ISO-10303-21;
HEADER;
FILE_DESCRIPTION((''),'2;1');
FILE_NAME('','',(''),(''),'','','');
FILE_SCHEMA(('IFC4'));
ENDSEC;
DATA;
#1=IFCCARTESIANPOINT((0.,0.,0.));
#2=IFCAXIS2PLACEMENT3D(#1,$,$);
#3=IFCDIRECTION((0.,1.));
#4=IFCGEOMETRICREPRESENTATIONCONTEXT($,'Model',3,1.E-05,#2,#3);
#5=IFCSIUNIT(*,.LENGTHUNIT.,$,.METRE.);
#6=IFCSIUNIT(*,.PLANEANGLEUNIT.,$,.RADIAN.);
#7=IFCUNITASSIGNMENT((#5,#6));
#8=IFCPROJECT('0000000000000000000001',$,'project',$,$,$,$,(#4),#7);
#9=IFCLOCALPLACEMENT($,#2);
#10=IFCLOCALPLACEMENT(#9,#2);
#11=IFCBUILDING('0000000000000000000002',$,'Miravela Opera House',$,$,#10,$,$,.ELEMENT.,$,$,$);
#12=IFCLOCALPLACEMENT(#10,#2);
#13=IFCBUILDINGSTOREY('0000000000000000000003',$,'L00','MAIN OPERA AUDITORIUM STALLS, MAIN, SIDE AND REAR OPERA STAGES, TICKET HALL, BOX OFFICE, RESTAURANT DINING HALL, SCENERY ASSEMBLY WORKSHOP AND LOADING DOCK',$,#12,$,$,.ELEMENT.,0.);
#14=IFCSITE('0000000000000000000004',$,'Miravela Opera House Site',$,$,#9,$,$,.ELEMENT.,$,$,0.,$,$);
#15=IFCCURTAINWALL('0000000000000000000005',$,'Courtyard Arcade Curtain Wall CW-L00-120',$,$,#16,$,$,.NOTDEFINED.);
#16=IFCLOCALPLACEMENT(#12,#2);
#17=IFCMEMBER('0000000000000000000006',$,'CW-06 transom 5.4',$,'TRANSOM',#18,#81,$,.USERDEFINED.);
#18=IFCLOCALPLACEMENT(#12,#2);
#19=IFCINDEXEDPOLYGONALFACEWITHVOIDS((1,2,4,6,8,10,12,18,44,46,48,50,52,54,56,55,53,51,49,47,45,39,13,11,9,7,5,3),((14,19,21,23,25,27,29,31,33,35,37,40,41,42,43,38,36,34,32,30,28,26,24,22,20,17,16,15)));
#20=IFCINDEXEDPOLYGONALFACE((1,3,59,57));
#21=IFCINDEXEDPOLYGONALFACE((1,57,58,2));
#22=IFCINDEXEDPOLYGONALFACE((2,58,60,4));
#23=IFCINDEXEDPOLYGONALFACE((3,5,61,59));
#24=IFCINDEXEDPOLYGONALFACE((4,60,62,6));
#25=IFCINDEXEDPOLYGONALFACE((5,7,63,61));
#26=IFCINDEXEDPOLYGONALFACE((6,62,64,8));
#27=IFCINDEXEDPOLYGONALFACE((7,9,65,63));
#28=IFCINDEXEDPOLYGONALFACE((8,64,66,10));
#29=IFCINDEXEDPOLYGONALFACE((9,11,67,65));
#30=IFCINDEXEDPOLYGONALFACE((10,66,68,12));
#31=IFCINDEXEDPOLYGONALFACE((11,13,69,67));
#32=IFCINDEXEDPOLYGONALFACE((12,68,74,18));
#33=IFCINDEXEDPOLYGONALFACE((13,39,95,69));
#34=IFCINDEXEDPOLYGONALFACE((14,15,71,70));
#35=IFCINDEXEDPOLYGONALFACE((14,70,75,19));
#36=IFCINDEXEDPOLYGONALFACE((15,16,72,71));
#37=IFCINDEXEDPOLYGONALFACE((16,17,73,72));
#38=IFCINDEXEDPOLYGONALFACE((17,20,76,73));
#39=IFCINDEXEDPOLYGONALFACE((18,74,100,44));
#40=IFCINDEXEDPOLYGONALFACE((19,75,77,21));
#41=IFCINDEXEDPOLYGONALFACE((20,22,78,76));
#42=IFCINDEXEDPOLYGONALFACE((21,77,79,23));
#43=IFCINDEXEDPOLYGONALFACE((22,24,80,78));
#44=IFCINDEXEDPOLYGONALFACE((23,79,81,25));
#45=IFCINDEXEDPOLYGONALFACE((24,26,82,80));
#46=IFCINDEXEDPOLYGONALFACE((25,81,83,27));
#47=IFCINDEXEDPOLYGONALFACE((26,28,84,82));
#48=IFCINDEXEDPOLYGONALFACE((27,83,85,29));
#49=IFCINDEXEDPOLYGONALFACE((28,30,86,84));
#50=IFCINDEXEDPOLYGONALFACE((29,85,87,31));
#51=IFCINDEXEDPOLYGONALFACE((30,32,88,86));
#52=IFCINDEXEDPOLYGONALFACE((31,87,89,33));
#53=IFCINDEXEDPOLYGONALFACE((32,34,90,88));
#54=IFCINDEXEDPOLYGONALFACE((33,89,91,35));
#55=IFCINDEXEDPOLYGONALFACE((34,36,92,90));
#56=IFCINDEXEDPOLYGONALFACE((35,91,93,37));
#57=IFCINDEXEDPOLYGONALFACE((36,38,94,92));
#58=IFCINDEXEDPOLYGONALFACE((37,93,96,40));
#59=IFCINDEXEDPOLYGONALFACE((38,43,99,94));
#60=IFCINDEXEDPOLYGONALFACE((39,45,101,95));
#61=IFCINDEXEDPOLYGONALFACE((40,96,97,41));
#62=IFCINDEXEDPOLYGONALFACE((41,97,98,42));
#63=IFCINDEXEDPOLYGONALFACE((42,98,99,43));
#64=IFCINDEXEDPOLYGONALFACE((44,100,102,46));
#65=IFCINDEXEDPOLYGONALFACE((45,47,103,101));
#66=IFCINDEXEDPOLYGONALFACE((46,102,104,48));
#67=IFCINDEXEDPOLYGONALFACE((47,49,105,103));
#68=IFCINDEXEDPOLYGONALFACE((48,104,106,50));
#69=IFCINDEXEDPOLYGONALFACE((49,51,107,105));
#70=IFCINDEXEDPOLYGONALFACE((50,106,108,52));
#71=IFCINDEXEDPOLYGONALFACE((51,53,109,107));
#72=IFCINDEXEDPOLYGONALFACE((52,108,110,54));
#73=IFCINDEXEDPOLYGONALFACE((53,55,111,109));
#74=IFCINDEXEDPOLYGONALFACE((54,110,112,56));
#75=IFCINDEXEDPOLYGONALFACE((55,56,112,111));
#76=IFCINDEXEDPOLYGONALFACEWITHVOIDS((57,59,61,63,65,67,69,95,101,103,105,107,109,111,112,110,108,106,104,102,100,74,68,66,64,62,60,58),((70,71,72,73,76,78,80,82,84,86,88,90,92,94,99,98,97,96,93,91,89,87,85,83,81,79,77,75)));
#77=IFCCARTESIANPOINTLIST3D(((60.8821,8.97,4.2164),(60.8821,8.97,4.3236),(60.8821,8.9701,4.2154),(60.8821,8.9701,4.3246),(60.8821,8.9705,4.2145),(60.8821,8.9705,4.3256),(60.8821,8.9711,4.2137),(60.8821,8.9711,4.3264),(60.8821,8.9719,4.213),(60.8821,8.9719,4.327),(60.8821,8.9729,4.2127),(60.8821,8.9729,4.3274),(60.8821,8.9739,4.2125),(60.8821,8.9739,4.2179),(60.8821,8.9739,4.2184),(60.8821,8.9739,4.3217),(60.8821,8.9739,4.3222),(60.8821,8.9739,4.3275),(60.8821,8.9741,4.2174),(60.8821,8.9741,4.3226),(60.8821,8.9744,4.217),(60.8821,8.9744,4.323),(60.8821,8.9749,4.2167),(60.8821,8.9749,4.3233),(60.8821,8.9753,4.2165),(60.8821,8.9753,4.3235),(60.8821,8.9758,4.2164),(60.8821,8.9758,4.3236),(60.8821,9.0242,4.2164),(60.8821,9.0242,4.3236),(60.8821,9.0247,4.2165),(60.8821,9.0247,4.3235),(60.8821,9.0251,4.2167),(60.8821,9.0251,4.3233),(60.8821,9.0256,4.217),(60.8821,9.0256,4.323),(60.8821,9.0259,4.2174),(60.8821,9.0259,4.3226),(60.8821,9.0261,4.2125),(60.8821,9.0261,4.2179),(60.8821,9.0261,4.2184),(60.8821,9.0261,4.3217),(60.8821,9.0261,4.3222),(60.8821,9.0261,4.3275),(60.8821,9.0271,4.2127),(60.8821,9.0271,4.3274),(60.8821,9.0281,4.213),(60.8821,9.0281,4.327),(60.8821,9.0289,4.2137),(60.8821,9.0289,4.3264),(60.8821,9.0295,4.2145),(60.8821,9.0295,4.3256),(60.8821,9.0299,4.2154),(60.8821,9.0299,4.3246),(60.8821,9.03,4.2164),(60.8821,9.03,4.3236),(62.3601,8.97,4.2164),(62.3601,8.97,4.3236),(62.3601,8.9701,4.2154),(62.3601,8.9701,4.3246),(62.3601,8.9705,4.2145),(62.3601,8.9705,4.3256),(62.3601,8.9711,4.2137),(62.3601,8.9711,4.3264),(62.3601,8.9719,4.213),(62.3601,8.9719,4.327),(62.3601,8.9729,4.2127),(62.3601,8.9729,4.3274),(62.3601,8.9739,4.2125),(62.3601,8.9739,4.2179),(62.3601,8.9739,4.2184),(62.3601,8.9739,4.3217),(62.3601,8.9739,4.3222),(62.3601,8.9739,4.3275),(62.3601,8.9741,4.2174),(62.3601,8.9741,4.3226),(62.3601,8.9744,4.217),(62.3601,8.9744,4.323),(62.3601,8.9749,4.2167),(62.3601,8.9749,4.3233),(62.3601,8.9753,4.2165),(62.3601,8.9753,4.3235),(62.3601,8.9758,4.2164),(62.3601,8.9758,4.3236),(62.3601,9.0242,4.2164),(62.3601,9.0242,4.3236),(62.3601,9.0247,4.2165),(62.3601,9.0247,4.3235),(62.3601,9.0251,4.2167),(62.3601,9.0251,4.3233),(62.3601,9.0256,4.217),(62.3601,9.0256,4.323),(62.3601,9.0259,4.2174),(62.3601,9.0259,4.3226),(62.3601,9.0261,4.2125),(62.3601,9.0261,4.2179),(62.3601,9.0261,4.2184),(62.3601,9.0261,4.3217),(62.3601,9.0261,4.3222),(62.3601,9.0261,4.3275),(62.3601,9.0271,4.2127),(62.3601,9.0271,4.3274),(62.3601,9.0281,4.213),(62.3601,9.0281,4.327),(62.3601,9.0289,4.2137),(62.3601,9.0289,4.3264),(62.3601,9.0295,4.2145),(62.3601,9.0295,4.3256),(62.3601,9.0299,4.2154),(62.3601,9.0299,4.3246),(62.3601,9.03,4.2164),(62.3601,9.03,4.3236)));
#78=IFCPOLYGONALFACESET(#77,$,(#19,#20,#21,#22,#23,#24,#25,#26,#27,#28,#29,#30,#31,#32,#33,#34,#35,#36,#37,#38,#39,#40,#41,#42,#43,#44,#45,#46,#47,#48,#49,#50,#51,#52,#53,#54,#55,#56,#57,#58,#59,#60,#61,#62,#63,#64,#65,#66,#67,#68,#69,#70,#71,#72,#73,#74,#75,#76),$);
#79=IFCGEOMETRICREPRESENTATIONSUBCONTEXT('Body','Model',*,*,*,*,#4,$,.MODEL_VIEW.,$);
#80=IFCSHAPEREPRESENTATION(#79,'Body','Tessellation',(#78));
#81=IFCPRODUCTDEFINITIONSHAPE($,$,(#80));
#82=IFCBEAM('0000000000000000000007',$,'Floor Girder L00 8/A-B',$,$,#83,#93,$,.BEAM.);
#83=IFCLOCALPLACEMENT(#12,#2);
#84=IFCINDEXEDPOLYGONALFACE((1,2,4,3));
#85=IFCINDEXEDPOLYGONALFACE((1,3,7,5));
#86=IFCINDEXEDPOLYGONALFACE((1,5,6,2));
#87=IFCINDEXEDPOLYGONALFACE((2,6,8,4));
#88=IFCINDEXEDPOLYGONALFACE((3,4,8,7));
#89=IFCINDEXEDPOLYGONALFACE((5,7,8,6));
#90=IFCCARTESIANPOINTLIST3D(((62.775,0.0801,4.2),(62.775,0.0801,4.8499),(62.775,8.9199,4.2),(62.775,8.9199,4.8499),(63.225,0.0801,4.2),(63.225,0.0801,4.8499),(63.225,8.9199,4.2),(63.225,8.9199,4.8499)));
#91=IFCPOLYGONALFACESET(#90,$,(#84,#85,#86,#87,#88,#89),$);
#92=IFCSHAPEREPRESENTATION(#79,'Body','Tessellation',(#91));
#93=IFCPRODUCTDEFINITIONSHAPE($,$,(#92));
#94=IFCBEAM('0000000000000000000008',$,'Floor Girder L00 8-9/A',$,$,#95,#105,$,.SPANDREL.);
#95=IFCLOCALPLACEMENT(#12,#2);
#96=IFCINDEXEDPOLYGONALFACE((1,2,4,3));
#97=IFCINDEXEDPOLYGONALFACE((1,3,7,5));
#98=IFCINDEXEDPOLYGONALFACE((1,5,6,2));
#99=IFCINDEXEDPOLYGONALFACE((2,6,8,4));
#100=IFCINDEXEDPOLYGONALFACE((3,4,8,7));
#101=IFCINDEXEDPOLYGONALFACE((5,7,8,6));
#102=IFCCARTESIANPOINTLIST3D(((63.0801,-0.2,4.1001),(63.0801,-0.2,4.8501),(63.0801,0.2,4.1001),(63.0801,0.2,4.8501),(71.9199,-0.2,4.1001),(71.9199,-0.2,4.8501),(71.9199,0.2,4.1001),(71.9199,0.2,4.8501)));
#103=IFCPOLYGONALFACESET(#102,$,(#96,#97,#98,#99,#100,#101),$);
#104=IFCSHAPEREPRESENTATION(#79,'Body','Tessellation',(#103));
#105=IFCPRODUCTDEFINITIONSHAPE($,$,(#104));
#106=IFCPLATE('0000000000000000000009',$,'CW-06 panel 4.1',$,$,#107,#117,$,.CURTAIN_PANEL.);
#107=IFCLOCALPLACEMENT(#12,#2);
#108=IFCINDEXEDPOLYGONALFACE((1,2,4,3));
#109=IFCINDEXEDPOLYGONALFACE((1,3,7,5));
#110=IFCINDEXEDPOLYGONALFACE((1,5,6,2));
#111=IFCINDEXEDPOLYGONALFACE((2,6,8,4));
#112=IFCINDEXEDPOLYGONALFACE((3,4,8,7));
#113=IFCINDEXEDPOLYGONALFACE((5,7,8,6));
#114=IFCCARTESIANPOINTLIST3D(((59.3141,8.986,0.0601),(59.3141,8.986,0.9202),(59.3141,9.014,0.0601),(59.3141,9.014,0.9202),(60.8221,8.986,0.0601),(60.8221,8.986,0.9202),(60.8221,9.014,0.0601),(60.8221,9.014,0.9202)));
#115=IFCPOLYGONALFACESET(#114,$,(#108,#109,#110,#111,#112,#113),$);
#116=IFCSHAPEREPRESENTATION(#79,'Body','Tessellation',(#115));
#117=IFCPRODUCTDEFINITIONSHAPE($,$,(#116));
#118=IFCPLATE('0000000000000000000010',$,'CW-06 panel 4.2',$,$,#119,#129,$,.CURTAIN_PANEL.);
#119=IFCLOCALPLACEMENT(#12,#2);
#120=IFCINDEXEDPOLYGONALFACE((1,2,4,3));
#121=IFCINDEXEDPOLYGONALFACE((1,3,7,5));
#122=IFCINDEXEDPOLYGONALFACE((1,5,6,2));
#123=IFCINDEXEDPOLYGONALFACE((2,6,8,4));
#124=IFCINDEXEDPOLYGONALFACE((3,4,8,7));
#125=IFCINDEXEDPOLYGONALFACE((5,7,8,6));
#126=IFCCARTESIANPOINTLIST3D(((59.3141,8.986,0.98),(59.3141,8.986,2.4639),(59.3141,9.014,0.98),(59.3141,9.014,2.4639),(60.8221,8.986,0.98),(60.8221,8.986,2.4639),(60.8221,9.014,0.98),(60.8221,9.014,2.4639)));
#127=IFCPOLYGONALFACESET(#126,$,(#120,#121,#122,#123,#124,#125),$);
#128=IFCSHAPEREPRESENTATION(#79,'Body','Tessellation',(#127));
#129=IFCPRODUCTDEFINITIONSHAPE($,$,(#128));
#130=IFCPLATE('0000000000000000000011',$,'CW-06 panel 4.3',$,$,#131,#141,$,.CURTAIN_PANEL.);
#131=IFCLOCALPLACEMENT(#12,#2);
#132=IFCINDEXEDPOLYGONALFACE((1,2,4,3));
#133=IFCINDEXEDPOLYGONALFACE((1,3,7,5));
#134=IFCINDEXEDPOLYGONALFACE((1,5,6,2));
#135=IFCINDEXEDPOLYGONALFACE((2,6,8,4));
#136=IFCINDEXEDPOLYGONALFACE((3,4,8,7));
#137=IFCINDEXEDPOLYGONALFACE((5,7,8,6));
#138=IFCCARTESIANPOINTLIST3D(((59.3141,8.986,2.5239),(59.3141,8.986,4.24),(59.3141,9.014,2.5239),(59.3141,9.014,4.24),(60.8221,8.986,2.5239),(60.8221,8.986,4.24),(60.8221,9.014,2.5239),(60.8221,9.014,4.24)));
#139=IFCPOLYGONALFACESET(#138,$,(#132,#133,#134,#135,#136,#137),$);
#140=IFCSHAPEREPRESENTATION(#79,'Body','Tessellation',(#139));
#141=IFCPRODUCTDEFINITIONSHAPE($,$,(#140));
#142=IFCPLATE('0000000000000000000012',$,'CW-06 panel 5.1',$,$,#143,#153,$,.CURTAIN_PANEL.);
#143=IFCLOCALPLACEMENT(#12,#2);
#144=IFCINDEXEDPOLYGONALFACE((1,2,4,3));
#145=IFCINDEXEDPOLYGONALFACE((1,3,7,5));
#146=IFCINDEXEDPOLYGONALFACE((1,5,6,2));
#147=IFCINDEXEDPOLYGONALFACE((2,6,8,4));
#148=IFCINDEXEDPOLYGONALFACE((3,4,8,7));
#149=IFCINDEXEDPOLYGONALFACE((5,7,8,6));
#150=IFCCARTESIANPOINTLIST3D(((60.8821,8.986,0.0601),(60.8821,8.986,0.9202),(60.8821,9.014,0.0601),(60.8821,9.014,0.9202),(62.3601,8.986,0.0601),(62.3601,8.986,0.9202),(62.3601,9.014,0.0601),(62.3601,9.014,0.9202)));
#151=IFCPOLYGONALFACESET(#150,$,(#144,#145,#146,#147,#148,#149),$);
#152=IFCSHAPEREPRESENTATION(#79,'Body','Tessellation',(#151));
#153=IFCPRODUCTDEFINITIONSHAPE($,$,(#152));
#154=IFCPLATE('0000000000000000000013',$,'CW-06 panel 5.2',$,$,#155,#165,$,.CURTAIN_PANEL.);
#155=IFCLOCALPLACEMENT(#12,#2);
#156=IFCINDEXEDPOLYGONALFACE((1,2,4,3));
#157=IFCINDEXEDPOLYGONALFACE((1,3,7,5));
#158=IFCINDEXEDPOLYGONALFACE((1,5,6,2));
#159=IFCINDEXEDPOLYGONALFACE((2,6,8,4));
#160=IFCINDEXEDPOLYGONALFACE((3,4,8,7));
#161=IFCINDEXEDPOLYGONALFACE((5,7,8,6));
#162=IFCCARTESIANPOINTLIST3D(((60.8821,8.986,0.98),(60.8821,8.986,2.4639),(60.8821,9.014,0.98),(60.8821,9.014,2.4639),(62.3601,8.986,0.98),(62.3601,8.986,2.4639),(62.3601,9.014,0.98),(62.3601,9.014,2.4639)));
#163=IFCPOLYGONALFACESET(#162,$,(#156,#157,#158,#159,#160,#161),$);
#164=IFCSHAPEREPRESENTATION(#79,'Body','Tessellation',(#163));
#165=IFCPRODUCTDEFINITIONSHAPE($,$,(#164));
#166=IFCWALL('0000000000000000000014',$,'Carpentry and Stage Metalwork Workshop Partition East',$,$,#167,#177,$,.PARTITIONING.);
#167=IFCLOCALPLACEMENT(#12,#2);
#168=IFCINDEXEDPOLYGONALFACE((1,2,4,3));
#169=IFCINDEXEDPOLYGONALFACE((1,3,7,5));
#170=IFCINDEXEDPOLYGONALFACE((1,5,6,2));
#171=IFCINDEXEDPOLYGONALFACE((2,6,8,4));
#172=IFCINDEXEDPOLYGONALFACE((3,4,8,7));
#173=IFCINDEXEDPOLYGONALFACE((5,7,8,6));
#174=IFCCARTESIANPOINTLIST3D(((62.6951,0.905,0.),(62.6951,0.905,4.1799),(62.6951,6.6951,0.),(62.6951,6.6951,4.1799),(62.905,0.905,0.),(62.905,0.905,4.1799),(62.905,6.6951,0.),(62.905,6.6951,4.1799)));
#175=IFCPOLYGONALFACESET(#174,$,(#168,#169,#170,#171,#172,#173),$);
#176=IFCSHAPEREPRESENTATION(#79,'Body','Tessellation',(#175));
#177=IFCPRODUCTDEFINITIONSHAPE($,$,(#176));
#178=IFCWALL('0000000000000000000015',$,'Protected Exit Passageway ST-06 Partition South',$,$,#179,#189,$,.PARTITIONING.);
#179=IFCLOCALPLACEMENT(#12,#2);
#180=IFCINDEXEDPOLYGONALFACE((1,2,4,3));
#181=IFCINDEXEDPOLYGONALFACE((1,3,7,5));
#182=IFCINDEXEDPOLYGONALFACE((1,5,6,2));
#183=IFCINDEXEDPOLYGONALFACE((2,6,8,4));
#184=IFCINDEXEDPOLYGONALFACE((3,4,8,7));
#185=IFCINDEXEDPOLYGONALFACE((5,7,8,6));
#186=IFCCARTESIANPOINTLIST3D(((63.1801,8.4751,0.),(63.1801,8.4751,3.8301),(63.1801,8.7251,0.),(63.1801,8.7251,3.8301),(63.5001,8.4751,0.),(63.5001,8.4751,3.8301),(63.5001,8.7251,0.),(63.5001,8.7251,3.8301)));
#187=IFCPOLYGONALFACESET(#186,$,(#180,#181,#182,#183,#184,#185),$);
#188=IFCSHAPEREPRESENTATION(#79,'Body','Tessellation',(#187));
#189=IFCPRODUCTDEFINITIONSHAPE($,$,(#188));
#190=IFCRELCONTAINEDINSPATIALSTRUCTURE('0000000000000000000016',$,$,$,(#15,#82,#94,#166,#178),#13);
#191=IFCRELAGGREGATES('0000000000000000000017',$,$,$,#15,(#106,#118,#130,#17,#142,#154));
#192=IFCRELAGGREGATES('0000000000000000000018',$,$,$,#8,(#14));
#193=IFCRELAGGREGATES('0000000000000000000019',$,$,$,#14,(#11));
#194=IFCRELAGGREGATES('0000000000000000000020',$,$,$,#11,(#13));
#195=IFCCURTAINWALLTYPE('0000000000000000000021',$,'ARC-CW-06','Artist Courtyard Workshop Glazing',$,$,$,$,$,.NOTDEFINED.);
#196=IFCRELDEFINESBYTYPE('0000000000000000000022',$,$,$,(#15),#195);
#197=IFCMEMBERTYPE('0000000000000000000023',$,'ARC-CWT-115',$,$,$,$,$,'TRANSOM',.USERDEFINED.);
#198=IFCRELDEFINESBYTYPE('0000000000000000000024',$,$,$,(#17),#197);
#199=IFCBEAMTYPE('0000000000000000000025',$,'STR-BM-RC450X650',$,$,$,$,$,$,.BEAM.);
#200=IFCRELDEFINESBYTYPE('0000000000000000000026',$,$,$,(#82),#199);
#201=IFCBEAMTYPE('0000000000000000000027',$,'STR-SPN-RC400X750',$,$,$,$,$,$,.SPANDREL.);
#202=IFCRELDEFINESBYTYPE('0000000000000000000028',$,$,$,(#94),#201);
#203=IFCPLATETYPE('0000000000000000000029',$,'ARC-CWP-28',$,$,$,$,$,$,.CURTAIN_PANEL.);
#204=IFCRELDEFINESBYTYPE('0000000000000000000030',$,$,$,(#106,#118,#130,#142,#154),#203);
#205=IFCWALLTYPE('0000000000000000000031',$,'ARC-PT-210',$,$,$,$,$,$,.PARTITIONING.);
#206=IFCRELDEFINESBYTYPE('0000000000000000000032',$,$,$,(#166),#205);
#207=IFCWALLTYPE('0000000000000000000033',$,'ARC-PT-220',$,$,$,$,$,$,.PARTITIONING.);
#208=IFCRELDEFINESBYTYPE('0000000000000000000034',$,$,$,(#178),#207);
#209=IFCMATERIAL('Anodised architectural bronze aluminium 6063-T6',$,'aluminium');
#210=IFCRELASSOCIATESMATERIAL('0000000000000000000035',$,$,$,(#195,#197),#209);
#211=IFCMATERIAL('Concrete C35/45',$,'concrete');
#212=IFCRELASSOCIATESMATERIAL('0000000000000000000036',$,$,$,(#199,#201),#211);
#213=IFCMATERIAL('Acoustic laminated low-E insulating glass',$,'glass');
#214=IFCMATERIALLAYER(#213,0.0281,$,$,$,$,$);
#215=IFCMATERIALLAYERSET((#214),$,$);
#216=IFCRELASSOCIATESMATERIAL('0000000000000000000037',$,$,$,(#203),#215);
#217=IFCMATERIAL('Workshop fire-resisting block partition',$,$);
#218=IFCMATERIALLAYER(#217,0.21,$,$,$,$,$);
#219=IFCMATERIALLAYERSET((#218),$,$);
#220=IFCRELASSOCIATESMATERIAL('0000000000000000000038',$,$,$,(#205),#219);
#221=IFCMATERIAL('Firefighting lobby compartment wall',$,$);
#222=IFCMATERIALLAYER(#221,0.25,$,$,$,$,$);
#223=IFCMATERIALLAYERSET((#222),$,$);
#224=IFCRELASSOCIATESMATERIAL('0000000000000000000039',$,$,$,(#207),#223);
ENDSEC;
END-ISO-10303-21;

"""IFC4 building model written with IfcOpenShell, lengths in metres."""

from ifc_helpers import new_model, si_unit, direction, frame, frame_2d, origin, origin_2d, place, context, subcontext, project, spatial, rectangle, hollow_rectangle, extrude, material, layer, layer_set, material_profile, profile_set, type_object, element, aggregate, save


model = new_model("IFC4")

# Units and contexts
model_context = context("Model", 3, precision=1e-05, world=origin(), true_north=direction((0.0, 1.0)))
body_context = subcontext(model_context, "Body", "Model", "MODEL_VIEW")
ifc_project = project(units=[si_unit("LENGTHUNIT", "METRE"), si_unit("PLANEANGLEUNIT", "RADIAN")], contexts=[model_context])

# Site, building, storey
site_placement = place(None, origin())
site = spatial("IfcSite", under=ifc_project, at=site_placement, Name="Miravela Opera House Site", CompositionType="ELEMENT", RefElevation=0.0)
building_placement = place(site_placement, origin())
building = spatial("IfcBuilding", under=site, at=building_placement, Name="Miravela Opera House", CompositionType="ELEMENT")
storey_placement = place(building_placement, origin())
storey = spatial("IfcBuildingStorey", under=building, at=storey_placement, Name="L00", Description="MAIN OPERA AUDITORIUM STALLS, MAIN, SIDE AND REAR OPERA STAGES, TICKET HALL, BOX OFFICE, RESTAURANT DINING HALL, SCENERY ASSEMBLY WORKSHOP AND LOADING DOCK", CompositionType="ELEMENT", Elevation=0.0)

# Shared definitions
ifc_material_1 = material(Name="Concrete C35/45", Category="concrete")

# Curtain wall, member
ifc_material_2 = material(Name="Anodised architectural bronze aluminium 6063-T6", Category="aluminium")
curtain_wall_type = type_object("IfcCurtainWallType", Name="ARC-CW-06", Description="Artist Courtyard Workshop Glazing", PredefinedType="NOTDEFINED", material=ifc_material_2)
curtain_wall_placement = place(storey_placement, origin())
curtain_wall = element("IfcCurtainWall", 1, at=curtain_wall_placement, inside=storey, type_object=curtain_wall_type, Name="Courtyard Arcade Curtain Wall CW-L00-120", PredefinedType="NOTDEFINED")
ifc_material_profile_1 = material_profile(ifc_material_2, hollow_rectangle(XDim=0.0601, YDim=0.115, WallThickness=0.0039, InnerFilletRadius=0.002, OuterFilletRadius=0.0039, at=origin_2d()), Name="CWT-60X115")
ifc_profile_set_1 = profile_set([ifc_material_profile_1])
member_type_1 = type_object("IfcMemberType", Name="ARC-CWT-115", ElementType="TRANSOM", PredefinedType="USERDEFINED", material=ifc_profile_set_1)
member_1_placement = place(storey_placement, frame((60.8821, 9.0, 4.27), z_axis=(1.0, 0.0, 0.0), x_axis=(0.0, 1.0, 0.0)))
member_1 = element("IfcMember", 2, at=member_1_placement, type_object=member_type_1, Name="CW-06 transom 5.4", ObjectType="TRANSOM", PredefinedType="USERDEFINED", context=body_context, shape_type="SweptSolid", body=[
    extrude(hollow_rectangle(XDim=0.0601, YDim=0.115, WallThickness=0.0039, InnerFilletRadius=0.002, OuterFilletRadius=0.0039, at=origin_2d()), origin(), (0.0, 0.0, 1.0), 1.478),
])

# Beams
ifc_material_profile_2 = material_profile(ifc_material_1, rectangle(XDim=0.45, YDim=0.6499, at=origin_2d()), Name="RC-BM-450X650")
ifc_profile_set_2 = profile_set([ifc_material_profile_2])
beam_type_1 = type_object("IfcBeamType", Name="STR-BM-RC450X650", PredefinedType="BEAM", material=ifc_profile_set_2)
beam_1_placement = place(storey_placement, frame((63.0, 0.0801, 4.5249), z_axis=(0.0, 1.0, 0.0), x_axis=(-1.0, 0.0, 0.0)))
element("IfcBeam", 3, at=beam_1_placement, inside=storey, type_object=beam_type_1, Name="Floor Girder L00 8/A-B", PredefinedType="BEAM", context=body_context, shape_type="SweptSolid", body=[
    extrude(rectangle(XDim=0.45, YDim=0.6499, at=origin_2d()), origin(), (0.0, 0.0, 1.0), 8.8398),
])
ifc_material_profile_3 = material_profile(ifc_material_1, rectangle(XDim=0.3999, YDim=0.75, at=origin_2d()), Name="RC-SPN-400X750")
ifc_profile_set_3 = profile_set([ifc_material_profile_3])
beam_type_2 = type_object("IfcBeamType", Name="STR-SPN-RC400X750", PredefinedType="SPANDREL", material=ifc_profile_set_3)
beam_2_placement = place(storey_placement, frame((63.0801, 0.0, 4.4751), z_axis=(1.0, 0.0, 0.0), x_axis=(0.0, 1.0, 0.0)))
element("IfcBeam", 4, at=beam_2_placement, inside=storey, type_object=beam_type_2, Name="Floor Girder L00 8-9/A", PredefinedType="SPANDREL", context=body_context, shape_type="SweptSolid", body=[
    extrude(rectangle(XDim=0.3999, YDim=0.75, at=origin_2d()), origin(), (0.0, 0.0, 1.0), 8.8398),
])

# Plates
ifc_material_3 = material(Name="Acoustic laminated low-E insulating glass", Category="glass")
ifc_layer_1 = layer(ifc_material_3, 0.0281)
ifc_layer_set_1 = layer_set([ifc_layer_1])
plate_type = type_object("IfcPlateType", Name="ARC-CWP-28", PredefinedType="CURTAIN_PANEL", material=ifc_layer_set_1)
plate_1_placement = place(storey_placement, frame((60.0681, 9.0, 0.0601), z_axis=(0.0, 0.0, 1.0), x_axis=(1.0, 0.0, 0.0)))
plate_1 = element("IfcPlate", 5, at=plate_1_placement, type_object=plate_type, Name="CW-06 panel 4.1", PredefinedType="CURTAIN_PANEL", context=body_context, shape_type="SweptSolid", body=[
    extrude(rectangle(XDim=1.5081, YDim=0.0281, at=origin_2d()), origin(), (0.0, 0.0, 1.0), 0.8601),
])
plate_2_placement = place(storey_placement, frame((60.0681, 9.0, 0.98), z_axis=(0.0, 0.0, 1.0), x_axis=(1.0, 0.0, 0.0)))
plate_2 = element("IfcPlate", 6, at=plate_2_placement, type_object=plate_type, Name="CW-06 panel 4.2", PredefinedType="CURTAIN_PANEL", context=body_context, shape_type="SweptSolid", body=[
    extrude(rectangle(XDim=1.5081, YDim=0.0281, at=origin_2d()), origin(), (0.0, 0.0, 1.0), 1.4839),
])
plate_3_placement = place(storey_placement, frame((60.0681, 9.0, 2.5239), z_axis=(0.0, 0.0, 1.0), x_axis=(1.0, 0.0, 0.0)))
plate_3 = element("IfcPlate", 7, at=plate_3_placement, type_object=plate_type, Name="CW-06 panel 4.3", PredefinedType="CURTAIN_PANEL", context=body_context, shape_type="SweptSolid", body=[
    extrude(rectangle(XDim=1.5081, YDim=0.0281, at=origin_2d()), origin(), (0.0, 0.0, 1.0), 1.7161),
])
plate_4_placement = place(storey_placement, frame((61.6211, 9.0, 0.0601), z_axis=(0.0, 0.0, 1.0), x_axis=(1.0, 0.0, 0.0)))
plate_4 = element("IfcPlate", 8, at=plate_4_placement, type_object=plate_type, Name="CW-06 panel 5.1", PredefinedType="CURTAIN_PANEL", context=body_context, shape_type="SweptSolid", body=[
    extrude(rectangle(XDim=1.478, YDim=0.0281, at=origin_2d()), origin(), (0.0, 0.0, 1.0), 0.8601),
])
plate_5_placement = place(storey_placement, frame((61.6211, 9.0, 0.98), z_axis=(0.0, 0.0, 1.0), x_axis=(1.0, 0.0, 0.0)))
plate_5 = element("IfcPlate", 9, at=plate_5_placement, type_object=plate_type, Name="CW-06 panel 5.2", PredefinedType="CURTAIN_PANEL", context=body_context, shape_type="SweptSolid", body=[
    extrude(rectangle(XDim=1.478, YDim=0.0281, at=origin_2d()), origin(), (0.0, 0.0, 1.0), 1.4839),
])
aggregate(curtain_wall, [plate_1, plate_2, plate_3, member_1, plate_4, plate_5])

# Walls
ifc_material_4 = material(Name="Workshop fire-resisting block partition")
ifc_layer_2 = layer(ifc_material_4, 0.21)
ifc_layer_set_2 = layer_set([ifc_layer_2])
wall_type_1 = type_object("IfcWallType", Name="ARC-PT-210", PredefinedType="PARTITIONING", material=ifc_layer_set_2)
wall_1_placement = place(storey_placement, frame((62.8, 0.905, 0.0), z_axis=(0.0, 0.0, 1.0), x_axis=(0.0, 1.0, 0.0)))
element("IfcWall", 10, at=wall_1_placement, inside=storey, type_object=wall_type_1, Name="Carpentry and Stage Metalwork Workshop Partition East", PredefinedType="PARTITIONING", context=body_context, shape_type="SweptSolid", body=[
    extrude(rectangle(XDim=5.79, YDim=0.21, at=frame_2d((2.895, 0.0))), origin(), (0.0, 0.0, 1.0), 4.1799),
])
ifc_material_5 = material(Name="Firefighting lobby compartment wall")
ifc_layer_3 = layer(ifc_material_5, 0.25)
ifc_layer_set_3 = layer_set([ifc_layer_3])
wall_type_2 = type_object("IfcWallType", Name="ARC-PT-220", PredefinedType="PARTITIONING", material=ifc_layer_set_3)
wall_2_placement = place(storey_placement, frame((63.1799, 8.6001, 0.0), z_axis=(0.0, 0.0, 1.0), x_axis=(1.0, 0.0, 0.0)))
element("IfcWall", 11, at=wall_2_placement, inside=storey, type_object=wall_type_2, Name="Protected Exit Passageway ST-06 Partition South", PredefinedType="PARTITIONING", context=body_context, shape_type="SweptSolid", body=[
    extrude(rectangle(XDim=0.3201, YDim=0.25, at=frame_2d((0.1602, 0.0))), origin(), (0.0, 0.0, 1.0), 3.8301),
])

save(model, "model.ifc")
